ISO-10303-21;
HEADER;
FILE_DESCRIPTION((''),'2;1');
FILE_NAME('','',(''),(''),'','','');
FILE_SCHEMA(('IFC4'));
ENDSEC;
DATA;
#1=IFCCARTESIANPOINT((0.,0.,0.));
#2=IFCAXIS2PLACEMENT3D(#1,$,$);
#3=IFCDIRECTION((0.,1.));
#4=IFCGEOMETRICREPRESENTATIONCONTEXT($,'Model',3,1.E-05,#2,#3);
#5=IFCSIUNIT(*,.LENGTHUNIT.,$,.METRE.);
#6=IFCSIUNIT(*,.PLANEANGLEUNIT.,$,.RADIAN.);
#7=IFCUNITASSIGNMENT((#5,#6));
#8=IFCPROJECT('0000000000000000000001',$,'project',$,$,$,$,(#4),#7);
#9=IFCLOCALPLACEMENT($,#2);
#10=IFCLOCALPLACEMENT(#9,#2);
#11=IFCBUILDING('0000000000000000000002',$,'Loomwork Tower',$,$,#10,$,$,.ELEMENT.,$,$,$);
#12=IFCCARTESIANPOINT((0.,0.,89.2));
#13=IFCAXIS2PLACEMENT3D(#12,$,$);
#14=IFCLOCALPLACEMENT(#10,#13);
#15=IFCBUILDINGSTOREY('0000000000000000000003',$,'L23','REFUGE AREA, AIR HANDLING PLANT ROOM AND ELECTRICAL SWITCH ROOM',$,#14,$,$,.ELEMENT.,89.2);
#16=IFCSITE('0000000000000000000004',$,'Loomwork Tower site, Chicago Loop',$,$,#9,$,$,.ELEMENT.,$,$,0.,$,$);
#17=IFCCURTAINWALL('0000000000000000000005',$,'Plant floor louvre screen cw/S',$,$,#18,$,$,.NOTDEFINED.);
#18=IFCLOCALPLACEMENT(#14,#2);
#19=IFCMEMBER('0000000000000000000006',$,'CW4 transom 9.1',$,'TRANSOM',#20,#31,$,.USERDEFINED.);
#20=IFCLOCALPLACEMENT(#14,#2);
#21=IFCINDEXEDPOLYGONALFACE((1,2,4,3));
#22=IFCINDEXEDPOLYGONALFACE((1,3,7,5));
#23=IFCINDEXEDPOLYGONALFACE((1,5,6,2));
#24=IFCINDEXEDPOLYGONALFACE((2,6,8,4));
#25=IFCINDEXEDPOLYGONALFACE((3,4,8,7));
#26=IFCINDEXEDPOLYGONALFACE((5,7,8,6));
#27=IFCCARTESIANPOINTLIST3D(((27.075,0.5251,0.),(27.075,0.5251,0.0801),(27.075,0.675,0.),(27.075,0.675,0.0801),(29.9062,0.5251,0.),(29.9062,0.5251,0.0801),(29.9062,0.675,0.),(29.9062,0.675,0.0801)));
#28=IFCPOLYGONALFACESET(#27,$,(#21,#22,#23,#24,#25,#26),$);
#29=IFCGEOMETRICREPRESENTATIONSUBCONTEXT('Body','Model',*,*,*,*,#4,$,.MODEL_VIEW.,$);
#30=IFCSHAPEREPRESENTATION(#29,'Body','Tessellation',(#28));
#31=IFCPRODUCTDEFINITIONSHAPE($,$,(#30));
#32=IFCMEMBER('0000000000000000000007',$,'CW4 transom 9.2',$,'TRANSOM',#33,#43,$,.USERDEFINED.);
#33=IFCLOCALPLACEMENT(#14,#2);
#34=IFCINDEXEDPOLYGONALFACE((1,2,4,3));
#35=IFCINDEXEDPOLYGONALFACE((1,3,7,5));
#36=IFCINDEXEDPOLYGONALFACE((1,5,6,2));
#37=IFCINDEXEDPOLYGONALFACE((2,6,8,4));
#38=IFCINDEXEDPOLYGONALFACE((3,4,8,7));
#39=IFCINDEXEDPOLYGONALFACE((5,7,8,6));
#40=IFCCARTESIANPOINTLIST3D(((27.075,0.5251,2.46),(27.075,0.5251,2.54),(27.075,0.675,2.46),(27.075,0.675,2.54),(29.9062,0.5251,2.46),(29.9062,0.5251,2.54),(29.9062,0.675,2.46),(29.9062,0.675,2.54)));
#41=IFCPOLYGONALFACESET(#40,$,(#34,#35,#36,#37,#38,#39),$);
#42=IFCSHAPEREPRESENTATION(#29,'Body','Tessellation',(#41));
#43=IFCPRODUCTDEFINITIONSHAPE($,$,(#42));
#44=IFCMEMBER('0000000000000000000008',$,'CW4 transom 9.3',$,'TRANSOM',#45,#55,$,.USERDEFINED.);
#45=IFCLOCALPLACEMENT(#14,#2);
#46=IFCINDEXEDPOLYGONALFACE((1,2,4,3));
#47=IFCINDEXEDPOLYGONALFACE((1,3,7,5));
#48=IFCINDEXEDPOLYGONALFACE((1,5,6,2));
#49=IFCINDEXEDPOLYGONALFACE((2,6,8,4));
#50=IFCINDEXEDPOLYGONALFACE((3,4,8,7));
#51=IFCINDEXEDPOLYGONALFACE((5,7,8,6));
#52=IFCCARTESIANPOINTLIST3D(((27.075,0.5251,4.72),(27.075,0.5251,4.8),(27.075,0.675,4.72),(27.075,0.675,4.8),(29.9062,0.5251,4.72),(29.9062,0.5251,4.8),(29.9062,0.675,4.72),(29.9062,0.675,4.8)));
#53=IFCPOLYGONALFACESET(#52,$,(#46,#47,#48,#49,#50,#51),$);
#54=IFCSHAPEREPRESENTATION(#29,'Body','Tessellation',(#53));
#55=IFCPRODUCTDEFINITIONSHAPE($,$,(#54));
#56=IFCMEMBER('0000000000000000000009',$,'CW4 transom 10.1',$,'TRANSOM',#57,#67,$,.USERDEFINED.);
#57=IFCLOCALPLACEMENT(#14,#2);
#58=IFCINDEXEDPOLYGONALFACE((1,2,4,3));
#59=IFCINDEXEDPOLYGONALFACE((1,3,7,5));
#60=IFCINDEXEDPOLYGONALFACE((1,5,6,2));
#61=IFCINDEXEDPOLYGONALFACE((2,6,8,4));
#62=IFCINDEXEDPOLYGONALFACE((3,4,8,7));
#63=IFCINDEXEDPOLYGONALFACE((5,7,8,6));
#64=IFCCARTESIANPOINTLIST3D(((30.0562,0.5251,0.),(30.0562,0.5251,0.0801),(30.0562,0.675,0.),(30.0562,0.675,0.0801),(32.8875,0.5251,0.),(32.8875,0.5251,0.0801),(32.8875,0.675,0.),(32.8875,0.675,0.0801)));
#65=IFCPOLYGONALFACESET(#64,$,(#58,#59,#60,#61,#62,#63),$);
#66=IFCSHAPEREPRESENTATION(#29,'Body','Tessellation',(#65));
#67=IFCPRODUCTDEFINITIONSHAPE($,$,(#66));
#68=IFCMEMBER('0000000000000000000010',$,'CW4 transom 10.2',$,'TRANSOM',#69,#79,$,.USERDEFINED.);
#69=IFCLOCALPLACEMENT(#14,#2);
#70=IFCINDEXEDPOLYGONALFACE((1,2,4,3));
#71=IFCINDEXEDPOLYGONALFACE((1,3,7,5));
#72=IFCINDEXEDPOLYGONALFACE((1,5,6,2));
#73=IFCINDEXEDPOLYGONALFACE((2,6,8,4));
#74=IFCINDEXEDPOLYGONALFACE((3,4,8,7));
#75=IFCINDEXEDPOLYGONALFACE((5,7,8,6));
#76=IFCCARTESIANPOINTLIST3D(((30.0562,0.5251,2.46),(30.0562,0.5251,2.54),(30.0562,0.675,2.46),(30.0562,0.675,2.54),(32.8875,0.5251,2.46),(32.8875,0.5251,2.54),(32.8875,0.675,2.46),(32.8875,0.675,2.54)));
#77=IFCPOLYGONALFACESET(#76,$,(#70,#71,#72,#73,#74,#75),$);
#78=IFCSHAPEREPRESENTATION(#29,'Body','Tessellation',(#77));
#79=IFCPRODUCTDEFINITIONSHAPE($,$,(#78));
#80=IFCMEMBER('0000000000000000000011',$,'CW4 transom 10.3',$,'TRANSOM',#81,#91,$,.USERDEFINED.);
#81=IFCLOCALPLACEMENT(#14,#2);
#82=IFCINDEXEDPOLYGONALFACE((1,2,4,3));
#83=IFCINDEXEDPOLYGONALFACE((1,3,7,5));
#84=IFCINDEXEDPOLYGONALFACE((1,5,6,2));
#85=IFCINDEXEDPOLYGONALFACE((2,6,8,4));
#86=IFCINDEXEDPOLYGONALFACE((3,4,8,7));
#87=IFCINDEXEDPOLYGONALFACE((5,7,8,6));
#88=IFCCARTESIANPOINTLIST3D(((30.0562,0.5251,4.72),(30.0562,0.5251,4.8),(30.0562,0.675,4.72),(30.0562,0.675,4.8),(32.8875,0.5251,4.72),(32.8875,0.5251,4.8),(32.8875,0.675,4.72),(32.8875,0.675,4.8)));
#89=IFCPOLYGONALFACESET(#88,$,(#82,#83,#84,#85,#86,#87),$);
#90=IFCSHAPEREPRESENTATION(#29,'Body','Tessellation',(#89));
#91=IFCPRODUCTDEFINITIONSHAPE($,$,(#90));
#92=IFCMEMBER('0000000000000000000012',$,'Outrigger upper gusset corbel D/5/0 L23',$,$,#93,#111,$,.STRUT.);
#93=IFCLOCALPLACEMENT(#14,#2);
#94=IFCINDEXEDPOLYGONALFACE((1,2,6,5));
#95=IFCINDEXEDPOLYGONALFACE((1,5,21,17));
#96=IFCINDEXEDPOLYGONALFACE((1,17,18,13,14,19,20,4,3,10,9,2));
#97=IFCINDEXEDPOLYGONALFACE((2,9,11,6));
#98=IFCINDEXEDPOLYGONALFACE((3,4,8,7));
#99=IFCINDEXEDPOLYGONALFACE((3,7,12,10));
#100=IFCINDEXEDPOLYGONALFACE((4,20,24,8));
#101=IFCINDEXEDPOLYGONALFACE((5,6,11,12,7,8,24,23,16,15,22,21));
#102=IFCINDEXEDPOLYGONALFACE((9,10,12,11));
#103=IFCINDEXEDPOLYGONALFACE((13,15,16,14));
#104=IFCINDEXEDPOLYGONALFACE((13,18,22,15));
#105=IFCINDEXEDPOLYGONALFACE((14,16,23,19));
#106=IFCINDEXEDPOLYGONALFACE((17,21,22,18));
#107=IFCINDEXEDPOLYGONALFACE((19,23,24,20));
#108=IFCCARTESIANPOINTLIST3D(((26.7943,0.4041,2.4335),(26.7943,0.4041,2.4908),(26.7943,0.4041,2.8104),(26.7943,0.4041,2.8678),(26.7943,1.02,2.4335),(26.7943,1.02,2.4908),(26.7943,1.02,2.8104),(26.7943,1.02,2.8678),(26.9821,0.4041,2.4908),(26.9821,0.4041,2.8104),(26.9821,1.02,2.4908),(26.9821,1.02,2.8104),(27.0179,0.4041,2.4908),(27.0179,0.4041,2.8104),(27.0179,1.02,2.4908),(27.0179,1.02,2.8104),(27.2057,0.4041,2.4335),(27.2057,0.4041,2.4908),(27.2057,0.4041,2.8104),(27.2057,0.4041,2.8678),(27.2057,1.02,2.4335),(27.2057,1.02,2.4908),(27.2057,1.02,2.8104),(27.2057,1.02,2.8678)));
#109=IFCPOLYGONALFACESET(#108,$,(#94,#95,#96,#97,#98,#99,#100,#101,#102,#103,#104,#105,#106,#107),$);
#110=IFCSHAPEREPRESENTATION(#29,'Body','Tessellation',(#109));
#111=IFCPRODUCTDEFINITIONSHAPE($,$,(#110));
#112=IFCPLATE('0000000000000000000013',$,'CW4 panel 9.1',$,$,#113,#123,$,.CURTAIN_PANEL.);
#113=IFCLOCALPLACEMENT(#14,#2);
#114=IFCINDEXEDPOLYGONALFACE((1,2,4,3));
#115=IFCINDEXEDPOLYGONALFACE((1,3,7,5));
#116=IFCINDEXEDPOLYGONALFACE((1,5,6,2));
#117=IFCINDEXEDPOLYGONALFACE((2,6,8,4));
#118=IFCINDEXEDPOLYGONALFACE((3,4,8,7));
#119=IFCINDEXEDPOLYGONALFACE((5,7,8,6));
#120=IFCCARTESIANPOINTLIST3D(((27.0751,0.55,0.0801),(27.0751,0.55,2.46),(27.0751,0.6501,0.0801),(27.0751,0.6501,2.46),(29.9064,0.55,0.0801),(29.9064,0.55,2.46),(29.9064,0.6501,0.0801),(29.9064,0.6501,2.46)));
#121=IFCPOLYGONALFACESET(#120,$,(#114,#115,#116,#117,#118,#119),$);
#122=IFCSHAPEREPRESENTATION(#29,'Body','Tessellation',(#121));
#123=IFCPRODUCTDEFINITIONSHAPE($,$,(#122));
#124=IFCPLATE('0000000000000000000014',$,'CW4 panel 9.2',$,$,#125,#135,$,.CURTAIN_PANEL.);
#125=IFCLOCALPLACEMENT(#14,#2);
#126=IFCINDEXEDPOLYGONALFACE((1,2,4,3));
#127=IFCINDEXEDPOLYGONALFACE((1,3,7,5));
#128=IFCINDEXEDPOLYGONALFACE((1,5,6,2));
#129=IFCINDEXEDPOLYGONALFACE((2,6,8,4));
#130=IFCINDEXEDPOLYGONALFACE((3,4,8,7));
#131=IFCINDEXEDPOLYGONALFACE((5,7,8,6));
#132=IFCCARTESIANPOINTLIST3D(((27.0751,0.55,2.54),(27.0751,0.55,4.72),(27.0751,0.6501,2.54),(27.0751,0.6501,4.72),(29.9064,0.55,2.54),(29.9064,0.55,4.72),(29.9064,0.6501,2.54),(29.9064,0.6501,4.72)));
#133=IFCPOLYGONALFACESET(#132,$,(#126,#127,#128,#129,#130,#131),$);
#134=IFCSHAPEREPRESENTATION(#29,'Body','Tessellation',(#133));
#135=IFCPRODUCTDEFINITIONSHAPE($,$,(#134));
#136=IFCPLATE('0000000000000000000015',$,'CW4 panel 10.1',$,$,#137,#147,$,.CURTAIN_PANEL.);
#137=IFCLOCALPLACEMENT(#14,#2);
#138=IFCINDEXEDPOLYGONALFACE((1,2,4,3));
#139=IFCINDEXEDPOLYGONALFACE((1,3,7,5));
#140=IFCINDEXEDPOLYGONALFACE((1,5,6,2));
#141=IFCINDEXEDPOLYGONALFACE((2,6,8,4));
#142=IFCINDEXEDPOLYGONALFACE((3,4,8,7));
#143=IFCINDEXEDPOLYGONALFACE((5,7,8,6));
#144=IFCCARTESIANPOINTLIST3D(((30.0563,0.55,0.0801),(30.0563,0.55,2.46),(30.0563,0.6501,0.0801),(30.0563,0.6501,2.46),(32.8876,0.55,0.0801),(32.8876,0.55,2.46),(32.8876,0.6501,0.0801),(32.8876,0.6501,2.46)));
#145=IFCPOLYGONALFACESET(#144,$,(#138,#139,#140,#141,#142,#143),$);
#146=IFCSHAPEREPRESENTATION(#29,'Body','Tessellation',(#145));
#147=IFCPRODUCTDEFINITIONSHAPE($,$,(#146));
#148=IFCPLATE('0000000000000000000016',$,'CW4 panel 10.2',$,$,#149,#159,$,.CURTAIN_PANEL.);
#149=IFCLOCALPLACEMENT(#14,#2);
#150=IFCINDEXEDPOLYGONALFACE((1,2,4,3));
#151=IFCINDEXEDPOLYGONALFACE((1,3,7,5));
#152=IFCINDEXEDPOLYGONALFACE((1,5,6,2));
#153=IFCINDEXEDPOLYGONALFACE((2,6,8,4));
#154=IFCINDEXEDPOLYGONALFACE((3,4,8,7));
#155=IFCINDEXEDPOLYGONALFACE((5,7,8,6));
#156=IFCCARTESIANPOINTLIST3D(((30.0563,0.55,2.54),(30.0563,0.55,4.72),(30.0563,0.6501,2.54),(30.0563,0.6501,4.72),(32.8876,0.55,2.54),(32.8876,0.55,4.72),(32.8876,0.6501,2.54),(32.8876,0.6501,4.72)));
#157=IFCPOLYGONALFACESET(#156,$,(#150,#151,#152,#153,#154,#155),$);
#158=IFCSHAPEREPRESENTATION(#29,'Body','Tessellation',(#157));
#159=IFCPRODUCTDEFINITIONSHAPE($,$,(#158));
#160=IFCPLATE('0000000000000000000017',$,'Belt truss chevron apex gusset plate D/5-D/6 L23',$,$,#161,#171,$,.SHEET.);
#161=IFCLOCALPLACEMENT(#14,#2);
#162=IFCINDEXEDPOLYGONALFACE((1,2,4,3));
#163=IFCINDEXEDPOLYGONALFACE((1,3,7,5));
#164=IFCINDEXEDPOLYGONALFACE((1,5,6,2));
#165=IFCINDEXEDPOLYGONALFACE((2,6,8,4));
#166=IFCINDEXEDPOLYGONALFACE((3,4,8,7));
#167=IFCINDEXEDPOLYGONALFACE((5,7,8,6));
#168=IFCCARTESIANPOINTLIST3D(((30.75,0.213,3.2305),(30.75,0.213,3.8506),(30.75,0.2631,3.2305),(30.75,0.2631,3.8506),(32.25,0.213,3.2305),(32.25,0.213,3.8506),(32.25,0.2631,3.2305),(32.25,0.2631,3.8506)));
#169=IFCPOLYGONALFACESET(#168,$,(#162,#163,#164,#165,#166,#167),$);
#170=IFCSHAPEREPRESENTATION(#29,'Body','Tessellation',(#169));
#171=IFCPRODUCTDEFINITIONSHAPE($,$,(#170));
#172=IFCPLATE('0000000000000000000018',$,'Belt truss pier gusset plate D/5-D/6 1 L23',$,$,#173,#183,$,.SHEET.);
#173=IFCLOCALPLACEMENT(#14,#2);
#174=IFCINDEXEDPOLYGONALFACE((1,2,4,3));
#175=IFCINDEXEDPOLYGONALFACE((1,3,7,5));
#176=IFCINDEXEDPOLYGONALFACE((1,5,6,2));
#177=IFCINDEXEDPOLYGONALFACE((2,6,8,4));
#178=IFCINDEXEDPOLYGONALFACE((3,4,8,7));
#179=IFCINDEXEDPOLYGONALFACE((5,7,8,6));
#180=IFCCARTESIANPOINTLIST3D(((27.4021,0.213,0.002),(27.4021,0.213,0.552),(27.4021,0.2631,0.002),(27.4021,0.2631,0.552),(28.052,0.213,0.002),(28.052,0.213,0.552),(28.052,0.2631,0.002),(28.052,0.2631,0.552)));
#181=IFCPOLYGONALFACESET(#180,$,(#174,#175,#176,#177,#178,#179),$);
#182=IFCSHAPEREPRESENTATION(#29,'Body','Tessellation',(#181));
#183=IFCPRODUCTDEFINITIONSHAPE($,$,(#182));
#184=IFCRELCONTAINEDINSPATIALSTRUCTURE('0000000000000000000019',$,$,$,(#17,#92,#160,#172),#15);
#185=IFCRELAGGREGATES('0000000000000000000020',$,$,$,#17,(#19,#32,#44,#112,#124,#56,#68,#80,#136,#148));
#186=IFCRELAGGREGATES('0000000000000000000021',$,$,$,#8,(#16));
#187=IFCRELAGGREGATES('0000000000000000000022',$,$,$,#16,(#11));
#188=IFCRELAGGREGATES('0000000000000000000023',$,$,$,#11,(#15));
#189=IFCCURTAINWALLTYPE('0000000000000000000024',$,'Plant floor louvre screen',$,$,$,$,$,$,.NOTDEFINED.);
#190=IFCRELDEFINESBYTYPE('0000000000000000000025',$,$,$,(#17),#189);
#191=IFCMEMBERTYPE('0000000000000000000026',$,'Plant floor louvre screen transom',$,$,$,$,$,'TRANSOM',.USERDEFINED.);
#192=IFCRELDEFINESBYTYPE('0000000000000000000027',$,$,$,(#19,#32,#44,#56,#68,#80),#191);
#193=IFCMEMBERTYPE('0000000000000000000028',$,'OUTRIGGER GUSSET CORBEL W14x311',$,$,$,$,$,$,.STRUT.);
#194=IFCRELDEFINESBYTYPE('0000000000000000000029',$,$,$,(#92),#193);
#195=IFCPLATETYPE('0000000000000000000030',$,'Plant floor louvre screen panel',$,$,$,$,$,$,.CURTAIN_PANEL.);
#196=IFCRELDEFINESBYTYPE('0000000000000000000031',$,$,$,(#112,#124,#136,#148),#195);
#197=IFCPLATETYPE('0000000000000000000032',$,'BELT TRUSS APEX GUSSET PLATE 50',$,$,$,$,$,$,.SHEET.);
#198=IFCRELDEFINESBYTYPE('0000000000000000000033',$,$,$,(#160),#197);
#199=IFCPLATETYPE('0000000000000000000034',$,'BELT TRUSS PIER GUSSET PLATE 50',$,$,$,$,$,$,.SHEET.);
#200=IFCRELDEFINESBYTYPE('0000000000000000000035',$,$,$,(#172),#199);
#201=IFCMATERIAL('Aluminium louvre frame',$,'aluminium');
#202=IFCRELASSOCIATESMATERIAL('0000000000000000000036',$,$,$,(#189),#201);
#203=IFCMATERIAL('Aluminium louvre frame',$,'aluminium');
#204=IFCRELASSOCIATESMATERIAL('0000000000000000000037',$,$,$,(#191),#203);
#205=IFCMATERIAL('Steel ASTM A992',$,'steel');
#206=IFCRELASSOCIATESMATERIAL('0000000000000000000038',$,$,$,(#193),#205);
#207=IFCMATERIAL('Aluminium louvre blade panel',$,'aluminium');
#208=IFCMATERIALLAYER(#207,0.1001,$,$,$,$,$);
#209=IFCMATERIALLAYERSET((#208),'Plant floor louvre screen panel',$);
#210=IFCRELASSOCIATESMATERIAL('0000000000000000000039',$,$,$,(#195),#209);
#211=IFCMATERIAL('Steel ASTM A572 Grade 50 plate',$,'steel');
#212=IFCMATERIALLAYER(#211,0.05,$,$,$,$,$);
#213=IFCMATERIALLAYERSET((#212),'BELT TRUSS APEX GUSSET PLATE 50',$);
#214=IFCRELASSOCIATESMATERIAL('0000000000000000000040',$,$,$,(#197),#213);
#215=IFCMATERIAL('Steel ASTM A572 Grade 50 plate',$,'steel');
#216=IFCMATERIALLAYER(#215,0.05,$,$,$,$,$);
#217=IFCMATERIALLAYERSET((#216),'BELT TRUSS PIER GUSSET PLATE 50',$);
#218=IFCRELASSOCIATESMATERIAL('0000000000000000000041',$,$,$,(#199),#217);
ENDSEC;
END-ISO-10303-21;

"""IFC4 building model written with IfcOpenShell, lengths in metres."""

from ifc_helpers import new_model, si_unit, direction, frame, origin, origin_2d, place, context, subcontext, project, spatial, rectangle, i_section, extrude, material, layer, layer_set, material_profile, profile_set, type_object, element, aggregate, save


model = new_model("IFC4")

# Units and contexts
model_context = context("Model", 3, precision=1e-05, world=origin(), true_north=direction((0.0, 1.0)))
body_context = subcontext(model_context, "Body", "Model", "MODEL_VIEW")
ifc_project = project(units=[si_unit("LENGTHUNIT", "METRE"), si_unit("PLANEANGLEUNIT", "RADIAN")], contexts=[model_context])

# Site, building, storey
site_placement = place(None, origin())
site = spatial("IfcSite", under=ifc_project, at=site_placement, Name="Loomwork Tower site, Chicago Loop", CompositionType="ELEMENT", RefElevation=0.0)
building_placement = place(site_placement, origin())
building = spatial("IfcBuilding", under=site, at=building_placement, Name="Loomwork Tower", CompositionType="ELEMENT")
storey_placement = place(building_placement, frame((0.0, 0.0, 89.2)))
storey = spatial("IfcBuildingStorey", under=building, at=storey_placement, Name="L23", Description="REFUGE AREA, AIR HANDLING PLANT ROOM AND ELECTRICAL SWITCH ROOM", CompositionType="ELEMENT", Elevation=89.2)

# Curtain wall, members
ifc_material_1 = material(Name="Aluminium louvre frame", Category="aluminium")
curtain_wall_type = type_object("IfcCurtainWallType", Name="Plant floor louvre screen", PredefinedType="NOTDEFINED", material=ifc_material_1)
curtain_wall_placement = place(storey_placement, origin())
curtain_wall = element("IfcCurtainWall", 1, at=curtain_wall_placement, inside=storey, type_object=curtain_wall_type, Name="Plant floor louvre screen cw/S", PredefinedType="NOTDEFINED")
ifc_material_2 = material(Name="Aluminium louvre frame", Category="aluminium")
ifc_material_profile_1 = material_profile(ifc_material_2, rectangle(XDim=0.1499, YDim=0.0801, at=origin_2d()), Name="AL 80x150")
ifc_profile_set_1 = profile_set([ifc_material_profile_1], Name="Aluminium louvre frame")
member_type_1 = type_object("IfcMemberType", Name="Plant floor louvre screen transom", ElementType="TRANSOM", PredefinedType="USERDEFINED", material=ifc_profile_set_1)
member_1_placement = place(storey_placement, frame((27.075, 0.6001, 0.04), z_axis=(1.0, 0.0, 0.0), x_axis=(0.0, 1.0, 0.0)))
member_1 = element("IfcMember", 2, at=member_1_placement, type_object=member_type_1, Name="CW4 transom 9.1", ObjectType="TRANSOM", PredefinedType="USERDEFINED", context=body_context, shape_type="SweptSolid", body=[
    extrude(rectangle(XDim=0.1499, YDim=0.0801, at=origin_2d()), origin(), (0.0, 0.0, 1.0), 2.8313),
])
member_2_placement = place(storey_placement, frame((27.075, 0.6001, 2.5), z_axis=(1.0, 0.0, 0.0), x_axis=(0.0, 1.0, 0.0)))
member_2 = element("IfcMember", 3, at=member_2_placement, type_object=member_type_1, Name="CW4 transom 9.2", ObjectType="TRANSOM", PredefinedType="USERDEFINED", context=body_context, shape_type="SweptSolid", body=[
    extrude(rectangle(XDim=0.1499, YDim=0.0801, at=origin_2d()), origin(), (0.0, 0.0, 1.0), 2.8313),
])
member_3_placement = place(storey_placement, frame((27.075, 0.6001, 4.76), z_axis=(1.0, 0.0, 0.0), x_axis=(0.0, 1.0, 0.0)))
member_3 = element("IfcMember", 4, at=member_3_placement, type_object=member_type_1, Name="CW4 transom 9.3", ObjectType="TRANSOM", PredefinedType="USERDEFINED", context=body_context, shape_type="SweptSolid", body=[
    extrude(rectangle(XDim=0.1499, YDim=0.0801, at=origin_2d()), origin(), (0.0, 0.0, 1.0), 2.8313),
])
member_4_placement = place(storey_placement, frame((30.0562, 0.6001, 0.04), z_axis=(1.0, 0.0, 0.0), x_axis=(0.0, 1.0, 0.0)))
member_4 = element("IfcMember", 5, at=member_4_placement, type_object=member_type_1, Name="CW4 transom 10.1", ObjectType="TRANSOM", PredefinedType="USERDEFINED", context=body_context, shape_type="SweptSolid", body=[
    extrude(rectangle(XDim=0.1499, YDim=0.0801, at=origin_2d()), origin(), (0.0, 0.0, 1.0), 2.8313),
])
member_5_placement = place(storey_placement, frame((30.0562, 0.6001, 2.5), z_axis=(1.0, 0.0, 0.0), x_axis=(0.0, 1.0, 0.0)))
member_5 = element("IfcMember", 6, at=member_5_placement, type_object=member_type_1, Name="CW4 transom 10.2", ObjectType="TRANSOM", PredefinedType="USERDEFINED", context=body_context, shape_type="SweptSolid", body=[
    extrude(rectangle(XDim=0.1499, YDim=0.0801, at=origin_2d()), origin(), (0.0, 0.0, 1.0), 2.8313),
])
member_6_placement = place(storey_placement, frame((30.0562, 0.6001, 4.76), z_axis=(1.0, 0.0, 0.0), x_axis=(0.0, 1.0, 0.0)))
member_6 = element("IfcMember", 7, at=member_6_placement, type_object=member_type_1, Name="CW4 transom 10.3", ObjectType="TRANSOM", PredefinedType="USERDEFINED", context=body_context, shape_type="SweptSolid", body=[
    extrude(rectangle(XDim=0.1499, YDim=0.0801, at=origin_2d()), origin(), (0.0, 0.0, 1.0), 2.8313),
])

# Member
ifc_material_3 = material(Name="Steel ASTM A992", Category="steel")
ifc_material_profile_2 = material_profile(ifc_material_3, i_section(OverallWidth=0.4114, OverallDepth=0.4343, WebThickness=0.0359, FlangeThickness=0.0574, at=origin_2d()), Name="W14x311")
ifc_profile_set_2 = profile_set([ifc_material_profile_2], Name="Steel ASTM A992")
member_type_2 = type_object("IfcMemberType", Name="OUTRIGGER GUSSET CORBEL W14x311", PredefinedType="STRUT", material=ifc_profile_set_2)
member_7_placement = place(storey_placement, frame((27.0, 0.4041, 2.6506), z_axis=(0.0, 1.0, 0.0), x_axis=(-1.0, 0.0, 0.0)))
element("IfcMember", 8, at=member_7_placement, inside=storey, type_object=member_type_2, Name="Outrigger upper gusset corbel D/5/0 L23", PredefinedType="STRUT", context=body_context, shape_type="SweptSolid", body=[
    extrude(i_section(OverallWidth=0.4114, OverallDepth=0.4343, WebThickness=0.0359, FlangeThickness=0.0574, at=origin_2d()), origin(), (0.0, 0.0, 1.0), 0.616),
])

# Plates
ifc_material_4 = material(Name="Aluminium louvre blade panel", Category="aluminium")
ifc_layer_1 = layer(ifc_material_4, 0.1001)
ifc_layer_set_1 = layer_set([ifc_layer_1], Name="Plant floor louvre screen panel")
plate_type_1 = type_object("IfcPlateType", Name="Plant floor louvre screen panel", PredefinedType="CURTAIN_PANEL", material=ifc_layer_set_1)
plate_1_placement = place(storey_placement, frame((28.4907, 0.6001, 0.0801), z_axis=(0.0, 0.0, 1.0), x_axis=(1.0, 0.0, 0.0)))
plate_1 = element("IfcPlate", 9, at=plate_1_placement, type_object=plate_type_1, Name="CW4 panel 9.1", PredefinedType="CURTAIN_PANEL", context=body_context, shape_type="SweptSolid", body=[
    extrude(rectangle(XDim=2.8313, YDim=0.1001, at=origin_2d()), origin(), (0.0, 0.0, 1.0), 2.3799),
])
plate_2_placement = place(storey_placement, frame((28.4907, 0.6001, 2.54), z_axis=(0.0, 0.0, 1.0), x_axis=(1.0, 0.0, 0.0)))
plate_2 = element("IfcPlate", 10, at=plate_2_placement, type_object=plate_type_1, Name="CW4 panel 9.2", PredefinedType="CURTAIN_PANEL", context=body_context, shape_type="SweptSolid", body=[
    extrude(rectangle(XDim=2.8313, YDim=0.1001, at=origin_2d()), origin(), (0.0, 0.0, 1.0), 2.1799),
])
plate_3_placement = place(storey_placement, frame((31.4719, 0.6001, 0.0801), z_axis=(0.0, 0.0, 1.0), x_axis=(1.0, 0.0, 0.0)))
plate_3 = element("IfcPlate", 11, at=plate_3_placement, type_object=plate_type_1, Name="CW4 panel 10.1", PredefinedType="CURTAIN_PANEL", context=body_context, shape_type="SweptSolid", body=[
    extrude(rectangle(XDim=2.8313, YDim=0.1001, at=origin_2d()), origin(), (0.0, 0.0, 1.0), 2.3799),
])
plate_4_placement = place(storey_placement, frame((31.4719, 0.6001, 2.54), z_axis=(0.0, 0.0, 1.0), x_axis=(1.0, 0.0, 0.0)))
plate_4 = element("IfcPlate", 12, at=plate_4_placement, type_object=plate_type_1, Name="CW4 panel 10.2", PredefinedType="CURTAIN_PANEL", context=body_context, shape_type="SweptSolid", body=[
    extrude(rectangle(XDim=2.8313, YDim=0.1001, at=origin_2d()), origin(), (0.0, 0.0, 1.0), 2.1799),
])
aggregate(curtain_wall, [member_1, member_2, member_3, plate_1, plate_2, member_4, member_5, member_6, plate_3, plate_4])

# Plates
ifc_material_5 = material(Name="Steel ASTM A572 Grade 50 plate", Category="steel")
ifc_layer_2 = layer(ifc_material_5, 0.05)
ifc_layer_set_2 = layer_set([ifc_layer_2], Name="BELT TRUSS APEX GUSSET PLATE 50")
plate_type_2 = type_object("IfcPlateType", Name="BELT TRUSS APEX GUSSET PLATE 50", PredefinedType="SHEET", material=ifc_layer_set_2)
plate_5_placement = place(storey_placement, frame((31.5, 0.238, 3.2305), z_axis=(0.0, 0.0, 1.0), x_axis=(1.0, 0.0, 0.0)))
element("IfcPlate", 13, at=plate_5_placement, inside=storey, type_object=plate_type_2, Name="Belt truss chevron apex gusset plate D/5-D/6 L23", PredefinedType="SHEET", context=body_context, shape_type="SweptSolid", body=[
    extrude(rectangle(XDim=1.5, YDim=0.05, at=origin_2d()), origin(), (0.0, 0.0, 1.0), 0.6201),
])
ifc_material_6 = material(Name="Steel ASTM A572 Grade 50 plate", Category="steel")
ifc_layer_3 = layer(ifc_material_6, 0.05)
ifc_layer_set_3 = layer_set([ifc_layer_3], Name="BELT TRUSS PIER GUSSET PLATE 50")
plate_type_3 = type_object("IfcPlateType", Name="BELT TRUSS PIER GUSSET PLATE 50", PredefinedType="SHEET", material=ifc_layer_set_3)
plate_6_placement = place(storey_placement, frame((27.7271, 0.238, 0.002), z_axis=(0.0, 0.0, 1.0), x_axis=(1.0, 0.0, 0.0)))
element("IfcPlate", 14, at=plate_6_placement, inside=storey, type_object=plate_type_3, Name="Belt truss pier gusset plate D/5-D/6 1 L23", PredefinedType="SHEET", context=body_context, shape_type="SweptSolid", body=[
    extrude(rectangle(XDim=0.6499, YDim=0.05, at=origin_2d()), origin(), (0.0, 0.0, 1.0), 0.55),
])

save(model, "model.ifc")
